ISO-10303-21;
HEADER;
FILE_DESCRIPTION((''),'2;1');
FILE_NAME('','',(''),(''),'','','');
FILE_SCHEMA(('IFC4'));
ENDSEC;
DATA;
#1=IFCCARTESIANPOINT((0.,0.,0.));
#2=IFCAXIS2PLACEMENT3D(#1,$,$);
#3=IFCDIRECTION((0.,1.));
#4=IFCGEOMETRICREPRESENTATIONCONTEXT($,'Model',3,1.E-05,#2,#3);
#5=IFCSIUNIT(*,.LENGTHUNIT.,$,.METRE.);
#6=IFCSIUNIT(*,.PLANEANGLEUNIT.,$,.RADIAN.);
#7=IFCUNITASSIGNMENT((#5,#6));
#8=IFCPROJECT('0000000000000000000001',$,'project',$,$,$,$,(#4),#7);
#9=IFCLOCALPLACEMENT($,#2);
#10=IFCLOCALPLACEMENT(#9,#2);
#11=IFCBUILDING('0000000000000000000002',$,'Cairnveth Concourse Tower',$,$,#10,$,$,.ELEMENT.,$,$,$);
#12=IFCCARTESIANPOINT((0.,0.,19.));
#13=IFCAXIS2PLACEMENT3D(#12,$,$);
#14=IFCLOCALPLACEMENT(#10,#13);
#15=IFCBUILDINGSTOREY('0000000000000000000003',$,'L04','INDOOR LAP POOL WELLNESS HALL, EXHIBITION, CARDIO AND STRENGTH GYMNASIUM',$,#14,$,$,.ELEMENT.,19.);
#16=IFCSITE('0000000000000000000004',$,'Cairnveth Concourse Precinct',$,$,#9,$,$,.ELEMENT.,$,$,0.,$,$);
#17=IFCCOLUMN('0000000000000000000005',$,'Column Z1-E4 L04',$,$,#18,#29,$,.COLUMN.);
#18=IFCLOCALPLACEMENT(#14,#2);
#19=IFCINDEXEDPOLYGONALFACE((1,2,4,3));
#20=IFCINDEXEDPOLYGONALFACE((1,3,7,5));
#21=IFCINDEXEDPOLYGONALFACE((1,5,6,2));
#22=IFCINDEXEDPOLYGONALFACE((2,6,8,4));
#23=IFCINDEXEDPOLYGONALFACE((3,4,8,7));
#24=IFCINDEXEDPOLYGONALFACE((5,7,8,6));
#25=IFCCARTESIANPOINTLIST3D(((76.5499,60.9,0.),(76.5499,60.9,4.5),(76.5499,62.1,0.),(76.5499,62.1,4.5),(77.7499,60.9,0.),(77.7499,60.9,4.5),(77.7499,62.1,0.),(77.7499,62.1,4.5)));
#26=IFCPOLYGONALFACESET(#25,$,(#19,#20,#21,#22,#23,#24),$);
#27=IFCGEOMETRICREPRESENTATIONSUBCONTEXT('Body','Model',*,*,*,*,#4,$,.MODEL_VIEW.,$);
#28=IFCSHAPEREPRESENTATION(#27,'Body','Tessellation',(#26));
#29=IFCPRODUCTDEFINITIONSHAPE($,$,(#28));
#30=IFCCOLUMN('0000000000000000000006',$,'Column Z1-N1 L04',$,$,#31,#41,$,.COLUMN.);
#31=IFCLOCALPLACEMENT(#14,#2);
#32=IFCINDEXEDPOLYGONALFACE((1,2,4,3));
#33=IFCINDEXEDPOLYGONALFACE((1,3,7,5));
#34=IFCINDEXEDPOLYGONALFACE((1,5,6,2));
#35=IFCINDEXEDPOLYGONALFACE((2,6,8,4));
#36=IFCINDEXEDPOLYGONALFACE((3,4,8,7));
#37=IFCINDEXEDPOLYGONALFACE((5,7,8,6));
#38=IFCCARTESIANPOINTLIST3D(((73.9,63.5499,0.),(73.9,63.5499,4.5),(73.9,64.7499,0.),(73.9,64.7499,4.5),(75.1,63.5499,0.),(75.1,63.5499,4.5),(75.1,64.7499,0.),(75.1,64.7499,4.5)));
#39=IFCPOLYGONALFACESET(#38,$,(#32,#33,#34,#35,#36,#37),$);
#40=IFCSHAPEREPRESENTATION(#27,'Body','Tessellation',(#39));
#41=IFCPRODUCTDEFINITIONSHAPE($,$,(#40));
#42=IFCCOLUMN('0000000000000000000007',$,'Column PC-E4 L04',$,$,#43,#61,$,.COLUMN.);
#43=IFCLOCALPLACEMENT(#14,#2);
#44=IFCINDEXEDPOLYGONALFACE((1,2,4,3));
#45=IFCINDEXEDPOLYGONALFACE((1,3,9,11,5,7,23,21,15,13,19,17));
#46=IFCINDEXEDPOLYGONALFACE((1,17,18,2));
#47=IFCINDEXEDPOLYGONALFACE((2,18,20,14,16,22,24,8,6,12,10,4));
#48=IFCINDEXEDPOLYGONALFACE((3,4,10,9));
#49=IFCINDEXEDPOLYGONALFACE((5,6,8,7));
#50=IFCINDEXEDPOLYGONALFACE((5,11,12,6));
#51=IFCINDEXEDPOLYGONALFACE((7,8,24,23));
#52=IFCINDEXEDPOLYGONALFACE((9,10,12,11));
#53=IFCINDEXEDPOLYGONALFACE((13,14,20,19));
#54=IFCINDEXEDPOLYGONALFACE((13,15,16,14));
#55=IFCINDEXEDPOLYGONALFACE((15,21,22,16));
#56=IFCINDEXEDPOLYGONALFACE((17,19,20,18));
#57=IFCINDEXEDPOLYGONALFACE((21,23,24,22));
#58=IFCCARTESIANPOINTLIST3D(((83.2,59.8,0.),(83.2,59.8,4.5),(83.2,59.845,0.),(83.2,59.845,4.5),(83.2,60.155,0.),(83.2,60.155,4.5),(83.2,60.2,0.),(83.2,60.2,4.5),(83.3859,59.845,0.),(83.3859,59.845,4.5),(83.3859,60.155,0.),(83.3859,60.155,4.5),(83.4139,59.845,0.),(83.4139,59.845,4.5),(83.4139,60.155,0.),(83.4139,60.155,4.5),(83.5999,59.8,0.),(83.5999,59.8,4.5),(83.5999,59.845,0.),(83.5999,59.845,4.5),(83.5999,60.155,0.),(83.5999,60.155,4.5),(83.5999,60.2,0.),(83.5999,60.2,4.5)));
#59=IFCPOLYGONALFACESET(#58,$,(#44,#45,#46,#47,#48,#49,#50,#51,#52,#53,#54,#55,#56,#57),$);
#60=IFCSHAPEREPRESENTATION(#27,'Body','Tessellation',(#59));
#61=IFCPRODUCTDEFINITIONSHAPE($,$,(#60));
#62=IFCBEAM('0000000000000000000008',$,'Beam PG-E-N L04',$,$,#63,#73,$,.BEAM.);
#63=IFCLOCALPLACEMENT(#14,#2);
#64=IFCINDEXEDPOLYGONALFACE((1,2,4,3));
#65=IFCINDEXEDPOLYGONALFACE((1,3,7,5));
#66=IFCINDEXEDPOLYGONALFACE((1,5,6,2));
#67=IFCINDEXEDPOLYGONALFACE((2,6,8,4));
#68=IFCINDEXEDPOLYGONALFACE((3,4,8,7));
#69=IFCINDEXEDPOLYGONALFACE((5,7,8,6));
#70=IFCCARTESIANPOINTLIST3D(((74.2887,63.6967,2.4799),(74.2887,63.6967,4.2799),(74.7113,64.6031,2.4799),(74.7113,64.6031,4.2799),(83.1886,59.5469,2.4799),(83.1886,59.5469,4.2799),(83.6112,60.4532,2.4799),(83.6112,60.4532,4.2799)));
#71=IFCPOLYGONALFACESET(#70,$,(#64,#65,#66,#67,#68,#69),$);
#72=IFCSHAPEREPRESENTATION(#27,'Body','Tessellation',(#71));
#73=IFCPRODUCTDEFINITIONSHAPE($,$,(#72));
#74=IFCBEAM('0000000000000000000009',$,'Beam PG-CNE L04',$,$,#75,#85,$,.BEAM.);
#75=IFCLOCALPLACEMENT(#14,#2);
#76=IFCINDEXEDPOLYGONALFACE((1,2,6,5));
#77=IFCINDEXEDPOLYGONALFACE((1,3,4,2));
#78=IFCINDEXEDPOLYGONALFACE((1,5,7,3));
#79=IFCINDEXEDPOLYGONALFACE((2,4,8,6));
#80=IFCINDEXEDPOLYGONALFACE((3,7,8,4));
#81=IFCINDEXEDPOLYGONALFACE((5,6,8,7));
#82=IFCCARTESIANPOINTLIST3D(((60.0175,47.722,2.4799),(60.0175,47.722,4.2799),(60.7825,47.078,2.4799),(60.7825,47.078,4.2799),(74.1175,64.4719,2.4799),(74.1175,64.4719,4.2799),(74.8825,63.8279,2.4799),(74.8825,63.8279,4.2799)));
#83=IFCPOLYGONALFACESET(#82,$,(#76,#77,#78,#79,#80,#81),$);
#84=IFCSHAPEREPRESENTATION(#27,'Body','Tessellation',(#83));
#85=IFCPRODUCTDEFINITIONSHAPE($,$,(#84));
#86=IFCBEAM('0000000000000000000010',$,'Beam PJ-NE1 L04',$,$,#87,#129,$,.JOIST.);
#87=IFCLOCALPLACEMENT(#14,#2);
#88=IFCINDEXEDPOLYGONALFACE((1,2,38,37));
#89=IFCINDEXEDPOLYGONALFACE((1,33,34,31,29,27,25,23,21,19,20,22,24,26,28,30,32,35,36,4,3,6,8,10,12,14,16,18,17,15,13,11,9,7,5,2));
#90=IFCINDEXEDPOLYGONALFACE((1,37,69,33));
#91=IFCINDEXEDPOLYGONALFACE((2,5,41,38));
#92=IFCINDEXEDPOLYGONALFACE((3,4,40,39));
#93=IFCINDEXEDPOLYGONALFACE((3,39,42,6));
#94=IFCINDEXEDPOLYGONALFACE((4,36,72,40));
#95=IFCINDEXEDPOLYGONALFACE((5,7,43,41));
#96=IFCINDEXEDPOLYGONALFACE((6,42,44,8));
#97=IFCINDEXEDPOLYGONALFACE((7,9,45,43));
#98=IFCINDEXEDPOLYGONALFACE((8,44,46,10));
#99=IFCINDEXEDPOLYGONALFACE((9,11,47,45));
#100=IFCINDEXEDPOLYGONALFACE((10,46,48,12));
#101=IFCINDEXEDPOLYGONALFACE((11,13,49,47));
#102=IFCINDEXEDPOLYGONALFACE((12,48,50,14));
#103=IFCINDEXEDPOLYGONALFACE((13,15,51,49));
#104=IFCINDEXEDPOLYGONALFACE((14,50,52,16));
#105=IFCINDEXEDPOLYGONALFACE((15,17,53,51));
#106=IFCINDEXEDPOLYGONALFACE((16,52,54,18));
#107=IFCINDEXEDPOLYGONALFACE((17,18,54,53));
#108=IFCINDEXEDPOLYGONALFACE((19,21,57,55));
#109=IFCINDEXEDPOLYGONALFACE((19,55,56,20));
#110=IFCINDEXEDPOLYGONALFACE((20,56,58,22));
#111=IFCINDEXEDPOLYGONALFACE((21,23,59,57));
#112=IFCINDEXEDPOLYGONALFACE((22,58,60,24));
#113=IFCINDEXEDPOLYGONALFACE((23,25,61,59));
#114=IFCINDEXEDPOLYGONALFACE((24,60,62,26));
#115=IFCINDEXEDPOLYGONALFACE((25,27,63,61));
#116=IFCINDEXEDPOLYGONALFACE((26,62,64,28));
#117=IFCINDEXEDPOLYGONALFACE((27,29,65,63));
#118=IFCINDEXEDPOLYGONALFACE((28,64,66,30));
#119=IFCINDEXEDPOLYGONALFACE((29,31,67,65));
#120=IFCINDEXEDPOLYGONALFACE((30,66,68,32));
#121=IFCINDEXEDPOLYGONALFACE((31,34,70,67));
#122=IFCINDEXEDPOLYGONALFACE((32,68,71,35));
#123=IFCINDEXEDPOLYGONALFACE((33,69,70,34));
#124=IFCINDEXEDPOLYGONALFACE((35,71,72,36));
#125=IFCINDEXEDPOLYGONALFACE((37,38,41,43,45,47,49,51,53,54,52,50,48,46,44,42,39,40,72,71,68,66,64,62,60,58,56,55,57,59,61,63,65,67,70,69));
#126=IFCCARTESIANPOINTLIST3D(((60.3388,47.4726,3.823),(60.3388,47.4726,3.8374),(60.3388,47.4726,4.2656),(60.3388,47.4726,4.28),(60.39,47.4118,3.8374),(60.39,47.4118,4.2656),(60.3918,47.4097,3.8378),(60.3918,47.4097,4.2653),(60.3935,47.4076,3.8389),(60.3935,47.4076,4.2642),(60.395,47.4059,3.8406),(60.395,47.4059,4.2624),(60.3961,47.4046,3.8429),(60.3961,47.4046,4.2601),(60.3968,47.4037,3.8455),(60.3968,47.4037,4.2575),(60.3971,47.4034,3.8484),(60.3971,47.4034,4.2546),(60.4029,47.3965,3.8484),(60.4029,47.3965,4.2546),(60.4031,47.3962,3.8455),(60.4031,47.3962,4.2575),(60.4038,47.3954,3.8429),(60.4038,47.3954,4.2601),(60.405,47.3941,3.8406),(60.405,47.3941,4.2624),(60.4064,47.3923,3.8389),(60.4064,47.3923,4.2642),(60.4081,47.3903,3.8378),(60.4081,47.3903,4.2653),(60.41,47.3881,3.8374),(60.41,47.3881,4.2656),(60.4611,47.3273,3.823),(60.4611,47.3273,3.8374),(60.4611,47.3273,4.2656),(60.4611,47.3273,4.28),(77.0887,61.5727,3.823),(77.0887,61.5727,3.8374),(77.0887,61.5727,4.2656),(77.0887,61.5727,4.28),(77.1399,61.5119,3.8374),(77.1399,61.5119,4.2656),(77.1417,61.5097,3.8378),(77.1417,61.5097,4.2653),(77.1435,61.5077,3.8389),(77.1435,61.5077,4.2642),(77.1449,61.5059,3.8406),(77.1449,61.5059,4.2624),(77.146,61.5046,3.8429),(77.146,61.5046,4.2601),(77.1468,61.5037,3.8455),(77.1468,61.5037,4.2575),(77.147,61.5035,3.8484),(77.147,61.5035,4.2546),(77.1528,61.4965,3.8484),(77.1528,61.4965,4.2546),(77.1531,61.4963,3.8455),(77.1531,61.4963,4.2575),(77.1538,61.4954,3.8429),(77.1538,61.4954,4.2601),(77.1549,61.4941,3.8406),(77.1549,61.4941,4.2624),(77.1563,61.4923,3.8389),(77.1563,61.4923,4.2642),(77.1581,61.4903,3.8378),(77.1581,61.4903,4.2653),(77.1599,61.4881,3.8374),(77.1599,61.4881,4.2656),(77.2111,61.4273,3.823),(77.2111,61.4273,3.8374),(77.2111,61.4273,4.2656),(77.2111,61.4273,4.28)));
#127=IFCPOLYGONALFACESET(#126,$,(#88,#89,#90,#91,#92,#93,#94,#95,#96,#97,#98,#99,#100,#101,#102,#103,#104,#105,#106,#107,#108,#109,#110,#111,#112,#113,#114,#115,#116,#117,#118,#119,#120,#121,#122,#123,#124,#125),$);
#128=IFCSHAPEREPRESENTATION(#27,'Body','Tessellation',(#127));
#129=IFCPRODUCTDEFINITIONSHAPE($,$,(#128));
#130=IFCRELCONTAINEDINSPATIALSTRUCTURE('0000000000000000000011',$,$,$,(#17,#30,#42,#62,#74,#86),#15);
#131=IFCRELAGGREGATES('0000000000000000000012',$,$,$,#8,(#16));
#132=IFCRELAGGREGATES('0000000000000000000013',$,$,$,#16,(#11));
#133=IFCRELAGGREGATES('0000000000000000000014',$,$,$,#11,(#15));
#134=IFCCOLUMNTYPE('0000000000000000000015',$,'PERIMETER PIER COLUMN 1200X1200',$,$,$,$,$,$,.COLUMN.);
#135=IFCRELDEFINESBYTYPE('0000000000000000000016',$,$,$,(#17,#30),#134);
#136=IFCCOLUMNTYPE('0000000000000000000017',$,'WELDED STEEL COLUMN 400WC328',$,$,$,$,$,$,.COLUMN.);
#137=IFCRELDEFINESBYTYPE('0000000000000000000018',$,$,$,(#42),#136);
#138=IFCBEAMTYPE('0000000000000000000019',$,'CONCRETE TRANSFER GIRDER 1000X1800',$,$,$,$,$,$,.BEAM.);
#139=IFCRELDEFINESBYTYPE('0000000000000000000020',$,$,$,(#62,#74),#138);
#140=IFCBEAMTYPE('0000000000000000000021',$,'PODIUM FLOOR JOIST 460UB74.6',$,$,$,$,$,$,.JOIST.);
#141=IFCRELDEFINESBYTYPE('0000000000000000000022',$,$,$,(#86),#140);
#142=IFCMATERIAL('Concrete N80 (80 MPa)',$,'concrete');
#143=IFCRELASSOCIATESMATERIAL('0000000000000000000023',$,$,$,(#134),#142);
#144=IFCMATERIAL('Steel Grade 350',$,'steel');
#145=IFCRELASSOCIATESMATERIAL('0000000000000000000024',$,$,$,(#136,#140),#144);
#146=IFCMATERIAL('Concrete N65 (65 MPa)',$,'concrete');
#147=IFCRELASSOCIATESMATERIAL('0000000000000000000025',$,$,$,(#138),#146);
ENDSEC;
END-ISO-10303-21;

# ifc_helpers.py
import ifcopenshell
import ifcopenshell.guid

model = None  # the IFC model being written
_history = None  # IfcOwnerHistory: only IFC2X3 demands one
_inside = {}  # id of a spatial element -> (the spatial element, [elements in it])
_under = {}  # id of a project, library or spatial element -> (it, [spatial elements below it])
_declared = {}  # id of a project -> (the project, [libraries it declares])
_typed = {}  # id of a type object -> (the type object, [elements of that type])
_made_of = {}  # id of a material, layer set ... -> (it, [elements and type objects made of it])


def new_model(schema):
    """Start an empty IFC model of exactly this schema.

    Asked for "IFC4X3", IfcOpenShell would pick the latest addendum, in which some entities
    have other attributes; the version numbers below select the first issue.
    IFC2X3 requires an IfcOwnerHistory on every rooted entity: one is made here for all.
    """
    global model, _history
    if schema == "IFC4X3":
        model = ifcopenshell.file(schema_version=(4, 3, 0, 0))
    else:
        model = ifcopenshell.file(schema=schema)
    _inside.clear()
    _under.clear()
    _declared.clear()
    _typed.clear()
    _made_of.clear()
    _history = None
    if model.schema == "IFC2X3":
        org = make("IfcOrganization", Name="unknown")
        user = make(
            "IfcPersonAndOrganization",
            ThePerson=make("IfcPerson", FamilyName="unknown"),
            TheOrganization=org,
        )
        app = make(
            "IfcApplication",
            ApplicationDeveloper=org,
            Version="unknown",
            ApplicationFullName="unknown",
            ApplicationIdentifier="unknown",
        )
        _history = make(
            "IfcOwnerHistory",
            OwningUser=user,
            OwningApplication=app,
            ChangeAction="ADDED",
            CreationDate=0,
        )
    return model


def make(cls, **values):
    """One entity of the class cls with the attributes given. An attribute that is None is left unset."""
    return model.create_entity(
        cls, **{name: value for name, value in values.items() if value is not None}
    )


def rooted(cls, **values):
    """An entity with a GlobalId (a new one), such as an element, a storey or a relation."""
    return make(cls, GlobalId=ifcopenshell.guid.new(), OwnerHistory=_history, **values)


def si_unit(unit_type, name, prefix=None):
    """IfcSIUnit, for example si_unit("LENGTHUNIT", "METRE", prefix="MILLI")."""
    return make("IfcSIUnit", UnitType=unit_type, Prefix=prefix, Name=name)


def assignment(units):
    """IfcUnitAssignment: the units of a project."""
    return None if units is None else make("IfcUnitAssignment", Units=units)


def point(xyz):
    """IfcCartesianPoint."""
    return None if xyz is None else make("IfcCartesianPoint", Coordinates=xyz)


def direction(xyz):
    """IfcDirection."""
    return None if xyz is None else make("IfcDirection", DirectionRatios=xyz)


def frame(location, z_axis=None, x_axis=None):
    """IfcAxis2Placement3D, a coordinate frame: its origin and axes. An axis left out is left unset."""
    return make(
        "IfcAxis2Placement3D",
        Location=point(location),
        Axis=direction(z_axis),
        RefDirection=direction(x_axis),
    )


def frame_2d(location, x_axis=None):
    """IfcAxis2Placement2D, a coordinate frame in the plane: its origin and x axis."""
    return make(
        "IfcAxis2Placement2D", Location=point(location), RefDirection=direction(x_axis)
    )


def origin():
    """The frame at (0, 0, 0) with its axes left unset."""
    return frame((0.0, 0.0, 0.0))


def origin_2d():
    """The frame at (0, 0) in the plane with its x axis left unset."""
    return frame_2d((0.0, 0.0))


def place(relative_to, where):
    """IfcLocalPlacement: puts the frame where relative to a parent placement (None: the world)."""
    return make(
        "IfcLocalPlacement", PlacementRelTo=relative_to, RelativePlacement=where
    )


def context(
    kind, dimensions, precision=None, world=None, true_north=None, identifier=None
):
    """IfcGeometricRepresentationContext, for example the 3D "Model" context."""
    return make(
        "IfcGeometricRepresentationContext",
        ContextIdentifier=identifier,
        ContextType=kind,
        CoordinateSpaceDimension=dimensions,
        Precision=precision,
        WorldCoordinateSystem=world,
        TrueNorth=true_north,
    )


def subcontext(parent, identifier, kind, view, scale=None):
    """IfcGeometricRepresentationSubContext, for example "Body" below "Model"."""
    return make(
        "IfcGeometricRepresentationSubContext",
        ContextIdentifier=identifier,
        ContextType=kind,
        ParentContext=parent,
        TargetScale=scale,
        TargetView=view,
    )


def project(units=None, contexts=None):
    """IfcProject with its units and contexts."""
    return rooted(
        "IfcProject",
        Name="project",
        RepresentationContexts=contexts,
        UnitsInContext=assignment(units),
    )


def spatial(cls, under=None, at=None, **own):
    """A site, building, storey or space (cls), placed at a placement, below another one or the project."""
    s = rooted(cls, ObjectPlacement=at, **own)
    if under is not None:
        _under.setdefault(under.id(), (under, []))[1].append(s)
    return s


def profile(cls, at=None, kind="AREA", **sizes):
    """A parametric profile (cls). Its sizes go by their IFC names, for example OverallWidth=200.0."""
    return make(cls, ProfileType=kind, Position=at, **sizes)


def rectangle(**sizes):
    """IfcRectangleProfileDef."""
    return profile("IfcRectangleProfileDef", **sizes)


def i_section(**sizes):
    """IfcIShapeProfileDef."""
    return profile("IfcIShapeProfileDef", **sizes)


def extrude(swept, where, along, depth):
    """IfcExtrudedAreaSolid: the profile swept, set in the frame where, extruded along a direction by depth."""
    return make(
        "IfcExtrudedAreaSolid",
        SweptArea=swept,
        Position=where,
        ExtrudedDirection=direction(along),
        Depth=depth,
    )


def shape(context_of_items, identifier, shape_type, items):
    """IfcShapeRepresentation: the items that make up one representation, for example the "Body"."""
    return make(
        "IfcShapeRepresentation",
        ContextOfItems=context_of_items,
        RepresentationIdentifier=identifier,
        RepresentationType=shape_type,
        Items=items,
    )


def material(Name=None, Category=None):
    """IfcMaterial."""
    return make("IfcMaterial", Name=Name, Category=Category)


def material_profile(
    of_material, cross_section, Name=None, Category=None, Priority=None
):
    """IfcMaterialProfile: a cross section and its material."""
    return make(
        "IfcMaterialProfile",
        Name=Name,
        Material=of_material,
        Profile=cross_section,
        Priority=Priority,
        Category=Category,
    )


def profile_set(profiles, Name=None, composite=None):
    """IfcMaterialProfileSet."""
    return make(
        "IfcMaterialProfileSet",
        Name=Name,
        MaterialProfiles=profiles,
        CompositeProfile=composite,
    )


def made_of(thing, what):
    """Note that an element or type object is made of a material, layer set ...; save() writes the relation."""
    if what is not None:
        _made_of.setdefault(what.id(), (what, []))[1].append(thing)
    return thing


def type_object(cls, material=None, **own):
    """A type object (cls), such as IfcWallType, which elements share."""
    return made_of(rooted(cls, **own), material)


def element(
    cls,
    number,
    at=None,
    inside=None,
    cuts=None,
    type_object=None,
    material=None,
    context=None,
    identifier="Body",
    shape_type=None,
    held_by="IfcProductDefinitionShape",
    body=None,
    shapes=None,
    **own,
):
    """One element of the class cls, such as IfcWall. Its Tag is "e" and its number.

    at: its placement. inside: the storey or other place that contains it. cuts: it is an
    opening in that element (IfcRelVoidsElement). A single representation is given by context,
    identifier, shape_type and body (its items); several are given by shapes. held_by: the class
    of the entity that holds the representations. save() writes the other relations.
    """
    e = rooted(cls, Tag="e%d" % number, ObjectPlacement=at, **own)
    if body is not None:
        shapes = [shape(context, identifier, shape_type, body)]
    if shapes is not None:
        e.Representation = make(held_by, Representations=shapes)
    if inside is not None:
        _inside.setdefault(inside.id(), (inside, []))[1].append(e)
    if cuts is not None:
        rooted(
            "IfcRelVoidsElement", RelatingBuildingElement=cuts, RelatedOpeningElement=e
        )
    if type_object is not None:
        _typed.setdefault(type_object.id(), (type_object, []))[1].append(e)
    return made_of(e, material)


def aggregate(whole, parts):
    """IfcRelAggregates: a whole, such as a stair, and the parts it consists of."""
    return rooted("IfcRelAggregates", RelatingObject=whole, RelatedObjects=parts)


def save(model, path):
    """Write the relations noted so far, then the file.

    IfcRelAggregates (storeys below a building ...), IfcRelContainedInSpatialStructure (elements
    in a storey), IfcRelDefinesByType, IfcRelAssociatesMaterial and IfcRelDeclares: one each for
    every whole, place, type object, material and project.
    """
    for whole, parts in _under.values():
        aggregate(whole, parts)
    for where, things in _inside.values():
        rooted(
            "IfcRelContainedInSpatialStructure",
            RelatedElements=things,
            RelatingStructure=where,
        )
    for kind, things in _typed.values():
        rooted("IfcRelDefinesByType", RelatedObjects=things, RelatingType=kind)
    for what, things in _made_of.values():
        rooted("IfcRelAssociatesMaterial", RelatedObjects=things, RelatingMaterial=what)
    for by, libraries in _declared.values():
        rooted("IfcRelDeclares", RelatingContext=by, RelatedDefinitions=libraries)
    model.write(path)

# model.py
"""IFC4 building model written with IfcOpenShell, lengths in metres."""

from ifc_helpers import new_model, si_unit, direction, frame, origin, origin_2d, place, context, subcontext, project, spatial, rectangle, i_section, extrude, material, material_profile, profile_set, type_object, element, save


model = new_model("IFC4")

# Units and contexts
model_context = context("Model", 3, precision=1e-05, world=origin(), true_north=direction((0.0, 1.0)))
body_context = subcontext(model_context, "Body", "Model", "MODEL_VIEW")
ifc_project = project(units=[si_unit("LENGTHUNIT", "METRE"), si_unit("PLANEANGLEUNIT", "RADIAN")], contexts=[model_context])

# Site, building, storey
site_placement = place(None, origin())
site = spatial("IfcSite", under=ifc_project, at=site_placement, Name="Cairnveth Concourse Precinct", CompositionType="ELEMENT", RefElevation=0.0)
building_placement = place(site_placement, origin())
building = spatial("IfcBuilding", under=site, at=building_placement, Name="Cairnveth Concourse Tower", CompositionType="ELEMENT")
storey_placement = place(building_placement, frame((0.0, 0.0, 19.0)))
storey = spatial("IfcBuildingStorey", under=building, at=storey_placement, Name="L04", Description="INDOOR LAP POOL WELLNESS HALL, EXHIBITION, CARDIO AND STRENGTH GYMNASIUM", CompositionType="ELEMENT", Elevation=19.0)

# Columns
ifc_material_1 = material(Name="Concrete N80 (80 MPa)", Category="concrete")
ifc_material_profile_1 = material_profile(ifc_material_1, rectangle(XDim=1.2, YDim=1.2, at=origin_2d()), Name="RC-COL-1200x1200")
ifc_profile_set_1 = profile_set([ifc_material_profile_1], Name="Concrete N80 (80 MPa)")
column_type_1 = type_object("IfcColumnType", Name="PERIMETER PIER COLUMN 1200X1200", PredefinedType="COLUMN", material=ifc_profile_set_1)
for number, where, z_axis, x_axis, name in (
    (1, (77.1499, 61.5, 0.0), (0.0, 0.0, 1.0), (1.0, 0.0, 0.0), "Column Z1-E4 L04"),
    (2, (74.5, 64.1499, 0.0), (0.0, 0.0, 1.0), (1.0, 0.0, 0.0), "Column Z1-N1 L04"),
):
    element("IfcColumn", number, at=place(storey_placement, frame(where, z_axis=z_axis, x_axis=x_axis)), inside=storey, type_object=column_type_1, Name=name, PredefinedType="COLUMN", context=body_context, shape_type="SweptSolid", body=[
        extrude(rectangle(XDim=1.2, YDim=1.2, at=origin_2d()), origin(), (0.0, 0.0, 1.0), 4.5),
    ])
ifc_material_2 = material(Name="Steel Grade 350", Category="steel")
ifc_material_profile_2 = material_profile(ifc_material_2, i_section(OverallWidth=0.3999, OverallDepth=0.3999, WebThickness=0.0281, FlangeThickness=0.0449, at=origin_2d()), Name="400WC328")
ifc_profile_set_2 = profile_set([ifc_material_profile_2], Name="Steel Grade 350")
column_type_2 = type_object("IfcColumnType", Name="WELDED STEEL COLUMN 400WC328", PredefinedType="COLUMN", material=ifc_profile_set_2)
column_placement = place(storey_placement, frame((83.3999, 60.0, 0.0), z_axis=(0.0, 0.0, 1.0), x_axis=(1.0, 0.0, 0.0)))
element("IfcColumn", 3, at=column_placement, inside=storey, type_object=column_type_2, Name="Column PC-E4 L04", PredefinedType="COLUMN", context=body_context, shape_type="SweptSolid", body=[
    extrude(i_section(OverallWidth=0.3999, OverallDepth=0.3999, WebThickness=0.0281, FlangeThickness=0.0449, at=origin_2d()), origin(), (0.0, 0.0, 1.0), 4.5),
])

# Beams
ifc_material_3 = material(Name="Concrete N65 (65 MPa)", Category="concrete")
ifc_material_profile_3 = material_profile(ifc_material_3, rectangle(XDim=1.0, YDim=1.8, at=origin_2d()), Name="RC-TB-1000x1800")
ifc_profile_set_3 = profile_set([ifc_material_profile_3], Name="Concrete N65 (65 MPa)")
beam_type_1 = type_object("IfcBeamType", Name="CONCRETE TRANSFER GIRDER 1000X1800", PredefinedType="BEAM", material=ifc_profile_set_3)
beam_1_placement = place(storey_placement, frame((74.5, 64.1499, 3.3799), z_axis=(0.906315, -0.422602, 0.0), x_axis=(0.422602, 0.906315, 0.0)))
element("IfcBeam", 4, at=beam_1_placement, inside=storey, type_object=beam_type_1, Name="Beam PG-E-N L04", PredefinedType="BEAM", context=body_context, shape_type="SweptSolid", body=[
    extrude(rectangle(XDim=1.0, YDim=1.8, at=origin_2d()), origin(), (0.0, 0.0, 1.0), 9.8198),
])
beam_2_placement = place(storey_placement, frame((74.5, 64.1499, 3.3799), z_axis=(-0.643998, -0.765027, 0.0), x_axis=(0.765027, -0.643998, 0.0)))
element("IfcBeam", 5, at=beam_2_placement, inside=storey, type_object=beam_type_1, Name="Beam PG-CNE L04", PredefinedType="BEAM", context=body_context, shape_type="SweptSolid", body=[
    extrude(rectangle(XDim=1.0, YDim=1.8, at=origin_2d()), origin(), (0.0, 0.0, 1.0), 21.8945),
])
ifc_material_profile_4 = material_profile(ifc_material_2, i_section(OverallWidth=0.1899, OverallDepth=0.457, WebThickness=0.009, FlangeThickness=0.0144, FilletRadius=0.011, at=origin_2d()), Name="460UB74.6")
ifc_profile_set_4 = profile_set([ifc_material_profile_4], Name="Steel Grade 350")
beam_type_2 = type_object("IfcBeamType", Name="PODIUM FLOOR JOIST 460UB74.6", PredefinedType="JOIST", material=ifc_profile_set_4)
beam_3_placement = place(storey_placement, frame((77.1499, 61.5, 4.0515), z_axis=(-0.765027, -0.643998, 0.0), x_axis=(0.643998, -0.765027, 0.0)))
element("IfcBeam", 6, at=beam_3_placement, inside=storey, type_object=beam_type_2, Name="Beam PJ-NE1 L04", PredefinedType="JOIST", context=body_context, shape_type="SweptSolid", body=[
    extrude(i_section(OverallWidth=0.1899, OverallDepth=0.457, WebThickness=0.009, FlangeThickness=0.0144, FilletRadius=0.011, at=origin_2d()), origin(), (0.0, 0.0, 1.0), 21.8945),
])

save(model, "model.ifc")
